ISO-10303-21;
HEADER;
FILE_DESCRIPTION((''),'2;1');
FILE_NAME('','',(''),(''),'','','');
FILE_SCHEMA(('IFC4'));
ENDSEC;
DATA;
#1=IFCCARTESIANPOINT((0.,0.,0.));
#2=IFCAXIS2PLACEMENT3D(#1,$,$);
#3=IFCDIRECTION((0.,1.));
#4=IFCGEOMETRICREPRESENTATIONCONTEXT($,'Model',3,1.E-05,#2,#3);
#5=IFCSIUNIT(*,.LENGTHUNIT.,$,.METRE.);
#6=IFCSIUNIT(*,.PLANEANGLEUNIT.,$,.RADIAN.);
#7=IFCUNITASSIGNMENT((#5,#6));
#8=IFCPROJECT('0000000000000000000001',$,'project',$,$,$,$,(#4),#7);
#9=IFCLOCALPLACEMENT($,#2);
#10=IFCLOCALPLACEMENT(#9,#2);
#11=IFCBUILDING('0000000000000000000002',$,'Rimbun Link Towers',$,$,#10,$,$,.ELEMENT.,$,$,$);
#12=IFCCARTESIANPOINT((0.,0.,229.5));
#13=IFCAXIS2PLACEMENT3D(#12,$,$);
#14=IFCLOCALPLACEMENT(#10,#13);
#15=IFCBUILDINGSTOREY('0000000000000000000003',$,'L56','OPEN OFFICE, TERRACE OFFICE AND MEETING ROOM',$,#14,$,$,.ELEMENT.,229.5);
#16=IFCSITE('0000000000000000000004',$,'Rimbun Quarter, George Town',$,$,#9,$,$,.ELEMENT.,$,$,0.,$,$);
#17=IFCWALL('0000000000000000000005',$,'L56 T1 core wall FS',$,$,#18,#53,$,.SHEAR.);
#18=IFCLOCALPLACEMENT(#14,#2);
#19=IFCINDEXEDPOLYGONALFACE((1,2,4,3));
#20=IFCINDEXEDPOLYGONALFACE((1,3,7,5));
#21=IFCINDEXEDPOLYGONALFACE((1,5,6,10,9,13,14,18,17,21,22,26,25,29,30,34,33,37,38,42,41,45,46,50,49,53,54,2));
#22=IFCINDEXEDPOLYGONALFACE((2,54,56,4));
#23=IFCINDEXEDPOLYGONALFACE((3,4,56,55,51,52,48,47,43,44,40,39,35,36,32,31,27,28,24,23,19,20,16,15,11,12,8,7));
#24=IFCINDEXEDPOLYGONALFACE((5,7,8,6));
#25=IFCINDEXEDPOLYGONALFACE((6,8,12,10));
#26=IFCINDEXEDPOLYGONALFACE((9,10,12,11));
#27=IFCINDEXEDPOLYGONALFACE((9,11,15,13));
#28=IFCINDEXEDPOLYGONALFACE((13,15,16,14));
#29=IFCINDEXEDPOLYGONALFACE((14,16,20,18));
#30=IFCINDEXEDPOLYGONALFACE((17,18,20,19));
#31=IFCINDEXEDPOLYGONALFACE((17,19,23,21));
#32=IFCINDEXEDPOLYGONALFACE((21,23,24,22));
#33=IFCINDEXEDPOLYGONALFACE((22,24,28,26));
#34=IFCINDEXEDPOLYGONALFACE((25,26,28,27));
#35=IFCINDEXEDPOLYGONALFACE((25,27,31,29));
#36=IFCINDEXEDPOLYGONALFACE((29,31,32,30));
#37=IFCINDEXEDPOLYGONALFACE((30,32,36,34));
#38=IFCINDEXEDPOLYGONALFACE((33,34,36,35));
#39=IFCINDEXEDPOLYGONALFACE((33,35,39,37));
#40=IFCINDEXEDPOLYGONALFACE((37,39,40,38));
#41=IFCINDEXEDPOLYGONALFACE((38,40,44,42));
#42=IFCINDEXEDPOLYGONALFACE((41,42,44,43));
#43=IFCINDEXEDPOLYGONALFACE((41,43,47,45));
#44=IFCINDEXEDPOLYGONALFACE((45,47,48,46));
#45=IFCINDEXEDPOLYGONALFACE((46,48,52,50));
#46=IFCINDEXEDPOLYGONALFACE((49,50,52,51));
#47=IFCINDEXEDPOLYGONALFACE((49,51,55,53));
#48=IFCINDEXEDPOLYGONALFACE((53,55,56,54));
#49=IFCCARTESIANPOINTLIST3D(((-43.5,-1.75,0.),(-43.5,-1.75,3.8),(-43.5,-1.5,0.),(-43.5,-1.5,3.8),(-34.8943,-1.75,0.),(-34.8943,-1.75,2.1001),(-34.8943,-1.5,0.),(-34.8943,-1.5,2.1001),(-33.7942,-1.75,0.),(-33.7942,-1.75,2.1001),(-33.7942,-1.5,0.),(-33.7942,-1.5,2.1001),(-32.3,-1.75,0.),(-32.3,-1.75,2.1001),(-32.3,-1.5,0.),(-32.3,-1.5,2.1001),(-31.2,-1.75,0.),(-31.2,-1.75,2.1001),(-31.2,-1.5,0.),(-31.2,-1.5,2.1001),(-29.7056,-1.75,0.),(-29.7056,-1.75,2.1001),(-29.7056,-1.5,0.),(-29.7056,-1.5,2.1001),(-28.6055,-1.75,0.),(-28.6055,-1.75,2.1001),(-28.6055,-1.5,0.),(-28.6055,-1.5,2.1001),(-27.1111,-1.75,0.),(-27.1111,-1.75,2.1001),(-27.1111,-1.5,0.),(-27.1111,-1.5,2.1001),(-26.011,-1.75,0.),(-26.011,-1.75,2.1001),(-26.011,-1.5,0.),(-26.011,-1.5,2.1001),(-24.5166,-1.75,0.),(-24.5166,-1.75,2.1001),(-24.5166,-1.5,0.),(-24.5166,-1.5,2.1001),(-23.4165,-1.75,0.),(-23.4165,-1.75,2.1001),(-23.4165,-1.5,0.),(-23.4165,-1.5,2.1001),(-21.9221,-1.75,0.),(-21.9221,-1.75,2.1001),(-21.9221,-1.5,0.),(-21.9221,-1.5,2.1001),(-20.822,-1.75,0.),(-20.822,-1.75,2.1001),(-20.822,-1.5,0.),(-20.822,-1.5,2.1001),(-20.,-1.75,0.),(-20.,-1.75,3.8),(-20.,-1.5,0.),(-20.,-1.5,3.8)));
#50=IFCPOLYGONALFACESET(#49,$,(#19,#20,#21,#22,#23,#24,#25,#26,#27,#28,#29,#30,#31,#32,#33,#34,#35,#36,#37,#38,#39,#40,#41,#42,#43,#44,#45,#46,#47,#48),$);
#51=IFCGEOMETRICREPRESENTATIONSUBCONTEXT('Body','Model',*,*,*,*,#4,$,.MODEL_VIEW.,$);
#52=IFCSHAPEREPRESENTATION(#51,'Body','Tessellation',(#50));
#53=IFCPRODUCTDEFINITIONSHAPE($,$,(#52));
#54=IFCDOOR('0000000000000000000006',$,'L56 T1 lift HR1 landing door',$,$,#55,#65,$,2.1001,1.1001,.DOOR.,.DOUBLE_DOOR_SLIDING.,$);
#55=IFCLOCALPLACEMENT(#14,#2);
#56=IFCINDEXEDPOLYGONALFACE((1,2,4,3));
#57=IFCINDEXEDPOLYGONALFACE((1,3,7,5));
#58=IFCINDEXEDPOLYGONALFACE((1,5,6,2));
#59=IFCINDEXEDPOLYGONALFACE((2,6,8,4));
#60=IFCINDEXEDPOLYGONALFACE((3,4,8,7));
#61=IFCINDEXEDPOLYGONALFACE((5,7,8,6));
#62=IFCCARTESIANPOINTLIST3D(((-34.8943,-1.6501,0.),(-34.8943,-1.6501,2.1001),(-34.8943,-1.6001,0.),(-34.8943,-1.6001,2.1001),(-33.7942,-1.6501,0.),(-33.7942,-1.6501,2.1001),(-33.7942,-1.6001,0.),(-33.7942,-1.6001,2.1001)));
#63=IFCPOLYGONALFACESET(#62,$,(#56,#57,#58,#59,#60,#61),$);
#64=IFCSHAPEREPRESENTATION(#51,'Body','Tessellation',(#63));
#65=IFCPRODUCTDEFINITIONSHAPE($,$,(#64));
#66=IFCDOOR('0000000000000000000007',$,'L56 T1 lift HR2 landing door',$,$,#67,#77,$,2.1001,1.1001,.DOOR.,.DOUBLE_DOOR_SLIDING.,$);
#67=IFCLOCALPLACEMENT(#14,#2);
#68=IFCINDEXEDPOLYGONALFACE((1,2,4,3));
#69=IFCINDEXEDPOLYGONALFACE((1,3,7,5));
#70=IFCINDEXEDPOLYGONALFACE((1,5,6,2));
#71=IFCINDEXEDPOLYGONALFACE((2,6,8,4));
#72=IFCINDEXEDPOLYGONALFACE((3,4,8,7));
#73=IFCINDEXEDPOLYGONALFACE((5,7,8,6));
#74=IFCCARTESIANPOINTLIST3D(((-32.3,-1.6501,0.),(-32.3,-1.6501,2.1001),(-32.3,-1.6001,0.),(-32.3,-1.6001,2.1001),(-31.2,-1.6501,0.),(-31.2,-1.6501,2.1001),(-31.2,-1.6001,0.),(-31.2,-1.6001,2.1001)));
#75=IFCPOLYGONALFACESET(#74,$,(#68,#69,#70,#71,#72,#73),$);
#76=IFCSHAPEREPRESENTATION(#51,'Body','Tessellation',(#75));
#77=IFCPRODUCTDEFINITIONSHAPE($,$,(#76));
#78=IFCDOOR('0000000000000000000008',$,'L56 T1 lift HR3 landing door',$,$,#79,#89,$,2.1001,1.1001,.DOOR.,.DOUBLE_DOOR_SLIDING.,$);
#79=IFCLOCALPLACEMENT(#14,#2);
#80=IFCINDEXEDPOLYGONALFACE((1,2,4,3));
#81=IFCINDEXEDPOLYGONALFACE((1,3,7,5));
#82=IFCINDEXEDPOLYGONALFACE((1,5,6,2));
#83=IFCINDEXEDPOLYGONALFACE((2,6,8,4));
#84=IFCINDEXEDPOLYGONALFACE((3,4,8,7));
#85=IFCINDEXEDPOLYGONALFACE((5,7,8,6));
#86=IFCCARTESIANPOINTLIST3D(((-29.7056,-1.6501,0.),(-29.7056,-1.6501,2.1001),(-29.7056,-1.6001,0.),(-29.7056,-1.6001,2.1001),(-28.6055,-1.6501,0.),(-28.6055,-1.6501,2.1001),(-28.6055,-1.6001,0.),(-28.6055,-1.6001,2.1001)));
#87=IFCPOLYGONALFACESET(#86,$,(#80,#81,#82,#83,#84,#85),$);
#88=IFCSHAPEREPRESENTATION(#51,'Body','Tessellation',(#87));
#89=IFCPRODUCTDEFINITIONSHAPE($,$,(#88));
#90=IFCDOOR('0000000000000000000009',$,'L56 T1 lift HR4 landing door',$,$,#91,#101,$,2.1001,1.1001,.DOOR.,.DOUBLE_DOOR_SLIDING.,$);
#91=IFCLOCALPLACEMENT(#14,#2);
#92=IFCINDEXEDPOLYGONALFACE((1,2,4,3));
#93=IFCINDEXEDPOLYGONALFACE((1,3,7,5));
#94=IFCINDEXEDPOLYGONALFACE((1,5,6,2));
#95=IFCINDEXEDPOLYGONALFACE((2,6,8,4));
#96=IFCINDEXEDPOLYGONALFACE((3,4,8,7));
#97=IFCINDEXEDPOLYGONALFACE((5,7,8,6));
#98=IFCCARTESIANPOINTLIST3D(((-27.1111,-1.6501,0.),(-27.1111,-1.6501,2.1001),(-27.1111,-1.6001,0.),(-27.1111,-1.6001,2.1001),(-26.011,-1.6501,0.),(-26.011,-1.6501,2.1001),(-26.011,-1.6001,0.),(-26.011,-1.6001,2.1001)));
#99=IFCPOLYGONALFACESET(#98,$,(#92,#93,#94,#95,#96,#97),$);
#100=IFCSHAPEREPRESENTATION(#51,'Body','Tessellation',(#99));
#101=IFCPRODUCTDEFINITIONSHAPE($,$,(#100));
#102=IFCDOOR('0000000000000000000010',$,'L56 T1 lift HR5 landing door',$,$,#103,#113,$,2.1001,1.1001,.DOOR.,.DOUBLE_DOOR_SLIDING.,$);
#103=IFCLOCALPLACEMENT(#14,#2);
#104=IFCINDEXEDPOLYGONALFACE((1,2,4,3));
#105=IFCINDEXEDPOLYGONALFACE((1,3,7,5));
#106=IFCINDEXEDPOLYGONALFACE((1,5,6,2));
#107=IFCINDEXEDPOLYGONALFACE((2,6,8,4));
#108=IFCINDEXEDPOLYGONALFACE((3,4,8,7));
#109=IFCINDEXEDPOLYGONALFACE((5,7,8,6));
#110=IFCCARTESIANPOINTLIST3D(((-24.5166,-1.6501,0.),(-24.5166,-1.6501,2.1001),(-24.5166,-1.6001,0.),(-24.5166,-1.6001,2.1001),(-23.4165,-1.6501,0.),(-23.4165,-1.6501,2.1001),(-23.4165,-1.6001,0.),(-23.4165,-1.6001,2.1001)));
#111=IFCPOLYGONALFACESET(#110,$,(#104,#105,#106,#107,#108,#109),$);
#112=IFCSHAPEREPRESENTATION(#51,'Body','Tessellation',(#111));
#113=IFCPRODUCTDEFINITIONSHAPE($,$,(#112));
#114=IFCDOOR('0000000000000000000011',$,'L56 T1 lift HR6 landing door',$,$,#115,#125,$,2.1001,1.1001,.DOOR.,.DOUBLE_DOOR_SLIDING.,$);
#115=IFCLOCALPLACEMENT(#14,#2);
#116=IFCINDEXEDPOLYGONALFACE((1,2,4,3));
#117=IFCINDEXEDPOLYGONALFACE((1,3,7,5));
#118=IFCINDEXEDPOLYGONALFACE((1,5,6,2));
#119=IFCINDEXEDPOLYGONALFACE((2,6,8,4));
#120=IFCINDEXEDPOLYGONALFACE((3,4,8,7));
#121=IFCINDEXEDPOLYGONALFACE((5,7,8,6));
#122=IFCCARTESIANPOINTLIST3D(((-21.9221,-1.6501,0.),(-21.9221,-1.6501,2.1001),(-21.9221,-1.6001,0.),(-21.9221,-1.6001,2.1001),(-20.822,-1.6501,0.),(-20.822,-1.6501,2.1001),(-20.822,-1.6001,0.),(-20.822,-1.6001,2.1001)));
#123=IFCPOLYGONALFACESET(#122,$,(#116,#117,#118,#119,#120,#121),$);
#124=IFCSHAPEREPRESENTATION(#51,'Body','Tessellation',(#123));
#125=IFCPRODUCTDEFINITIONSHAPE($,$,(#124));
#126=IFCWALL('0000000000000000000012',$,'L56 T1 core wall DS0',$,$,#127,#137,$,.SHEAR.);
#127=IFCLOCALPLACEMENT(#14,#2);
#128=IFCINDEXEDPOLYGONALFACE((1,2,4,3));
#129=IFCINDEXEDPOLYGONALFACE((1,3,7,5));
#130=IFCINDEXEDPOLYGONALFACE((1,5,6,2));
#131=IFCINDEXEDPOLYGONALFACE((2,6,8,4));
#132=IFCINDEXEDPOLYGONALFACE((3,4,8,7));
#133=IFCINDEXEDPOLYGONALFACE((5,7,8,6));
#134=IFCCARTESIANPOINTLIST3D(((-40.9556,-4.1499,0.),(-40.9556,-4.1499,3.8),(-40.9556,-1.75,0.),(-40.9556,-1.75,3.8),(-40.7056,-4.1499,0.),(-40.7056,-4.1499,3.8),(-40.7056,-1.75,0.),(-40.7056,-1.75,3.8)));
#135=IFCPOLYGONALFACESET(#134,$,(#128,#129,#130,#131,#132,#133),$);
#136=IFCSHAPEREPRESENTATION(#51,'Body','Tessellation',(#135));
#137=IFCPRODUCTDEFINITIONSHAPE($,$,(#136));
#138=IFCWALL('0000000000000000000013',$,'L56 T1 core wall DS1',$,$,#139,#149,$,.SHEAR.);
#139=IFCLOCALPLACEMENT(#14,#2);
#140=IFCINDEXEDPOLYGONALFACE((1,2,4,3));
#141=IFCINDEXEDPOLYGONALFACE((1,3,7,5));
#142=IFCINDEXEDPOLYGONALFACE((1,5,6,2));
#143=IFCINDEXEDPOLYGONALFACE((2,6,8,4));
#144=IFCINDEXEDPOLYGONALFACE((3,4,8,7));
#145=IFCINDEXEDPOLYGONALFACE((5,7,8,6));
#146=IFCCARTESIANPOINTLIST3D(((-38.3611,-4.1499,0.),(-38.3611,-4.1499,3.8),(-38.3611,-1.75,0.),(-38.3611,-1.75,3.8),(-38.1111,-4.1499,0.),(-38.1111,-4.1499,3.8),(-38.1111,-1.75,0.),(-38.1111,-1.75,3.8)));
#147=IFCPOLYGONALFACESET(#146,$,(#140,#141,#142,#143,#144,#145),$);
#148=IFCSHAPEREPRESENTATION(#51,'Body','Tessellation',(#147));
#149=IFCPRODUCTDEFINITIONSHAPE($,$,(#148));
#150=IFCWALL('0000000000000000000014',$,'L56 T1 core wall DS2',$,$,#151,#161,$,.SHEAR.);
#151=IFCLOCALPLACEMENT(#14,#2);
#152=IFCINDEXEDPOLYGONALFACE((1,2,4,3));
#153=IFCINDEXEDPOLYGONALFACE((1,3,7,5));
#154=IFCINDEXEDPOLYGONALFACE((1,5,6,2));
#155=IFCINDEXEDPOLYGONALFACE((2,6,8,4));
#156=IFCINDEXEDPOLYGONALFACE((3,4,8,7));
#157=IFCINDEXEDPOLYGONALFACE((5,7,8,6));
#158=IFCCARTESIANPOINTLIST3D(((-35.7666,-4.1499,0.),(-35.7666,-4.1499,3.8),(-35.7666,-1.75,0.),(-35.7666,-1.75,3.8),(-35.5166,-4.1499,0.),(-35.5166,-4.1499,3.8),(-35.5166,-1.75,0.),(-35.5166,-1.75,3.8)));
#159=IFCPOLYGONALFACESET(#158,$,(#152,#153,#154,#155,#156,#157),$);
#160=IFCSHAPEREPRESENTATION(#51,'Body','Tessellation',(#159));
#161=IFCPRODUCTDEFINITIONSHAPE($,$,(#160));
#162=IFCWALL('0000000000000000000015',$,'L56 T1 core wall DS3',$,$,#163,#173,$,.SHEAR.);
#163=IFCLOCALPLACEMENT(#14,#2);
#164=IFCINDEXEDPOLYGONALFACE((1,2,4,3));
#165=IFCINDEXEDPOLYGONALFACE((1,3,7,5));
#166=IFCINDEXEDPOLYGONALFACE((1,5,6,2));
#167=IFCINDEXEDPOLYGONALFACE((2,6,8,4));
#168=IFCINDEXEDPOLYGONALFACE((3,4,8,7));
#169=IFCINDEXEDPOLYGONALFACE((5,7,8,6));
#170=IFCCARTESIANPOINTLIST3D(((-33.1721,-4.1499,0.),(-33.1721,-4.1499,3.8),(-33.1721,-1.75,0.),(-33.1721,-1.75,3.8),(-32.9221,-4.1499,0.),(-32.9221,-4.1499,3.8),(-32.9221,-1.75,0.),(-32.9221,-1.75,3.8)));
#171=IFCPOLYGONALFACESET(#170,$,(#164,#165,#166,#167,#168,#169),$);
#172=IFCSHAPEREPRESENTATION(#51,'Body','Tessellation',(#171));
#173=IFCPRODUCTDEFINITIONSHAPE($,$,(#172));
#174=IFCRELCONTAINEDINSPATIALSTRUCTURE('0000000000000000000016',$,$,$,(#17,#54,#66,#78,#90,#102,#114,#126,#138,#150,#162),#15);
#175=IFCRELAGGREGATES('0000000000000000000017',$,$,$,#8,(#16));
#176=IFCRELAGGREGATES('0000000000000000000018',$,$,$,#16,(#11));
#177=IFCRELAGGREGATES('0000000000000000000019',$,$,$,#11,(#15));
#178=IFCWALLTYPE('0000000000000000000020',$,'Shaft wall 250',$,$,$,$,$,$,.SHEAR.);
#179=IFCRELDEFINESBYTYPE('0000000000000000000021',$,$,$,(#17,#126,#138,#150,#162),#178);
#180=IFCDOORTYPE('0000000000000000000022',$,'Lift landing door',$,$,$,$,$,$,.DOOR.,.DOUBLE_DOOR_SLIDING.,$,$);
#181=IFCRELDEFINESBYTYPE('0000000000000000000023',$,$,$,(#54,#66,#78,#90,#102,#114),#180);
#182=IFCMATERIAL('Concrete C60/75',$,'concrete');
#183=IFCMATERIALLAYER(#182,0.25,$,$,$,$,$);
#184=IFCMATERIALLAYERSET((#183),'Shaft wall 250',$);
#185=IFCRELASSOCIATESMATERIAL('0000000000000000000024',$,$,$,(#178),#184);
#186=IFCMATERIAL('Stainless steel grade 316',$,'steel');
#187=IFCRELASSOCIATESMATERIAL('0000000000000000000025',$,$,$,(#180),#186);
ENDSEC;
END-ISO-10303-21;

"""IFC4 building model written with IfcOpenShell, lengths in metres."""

from ifc_helpers import new_model, si_unit, direction, frame, frame_2d, origin, place, context, subcontext, project, spatial, rectangle, extrude, material, layer, layer_set, type_object, element, fill, save


model = new_model("IFC4")

# Units and contexts
model_context = context("Model", 3, precision=1e-05, world=origin(), true_north=direction((0.0, 1.0)))
body_context = subcontext(model_context, "Body", "Model", "MODEL_VIEW")
ifc_project = project(units=[si_unit("LENGTHUNIT", "METRE"), si_unit("PLANEANGLEUNIT", "RADIAN")], contexts=[model_context])

# Site, building, storey
site_placement = place(None, origin())
site = spatial("IfcSite", under=ifc_project, at=site_placement, Name="Rimbun Quarter, George Town", CompositionType="ELEMENT", RefElevation=0.0)
building_placement = place(site_placement, origin())
building = spatial("IfcBuilding", under=site, at=building_placement, Name="Rimbun Link Towers", CompositionType="ELEMENT")
storey_placement = place(building_placement, frame((0.0, 0.0, 229.5)))
storey = spatial("IfcBuildingStorey", under=building, at=storey_placement, Name="L56", Description="OPEN OFFICE, TERRACE OFFICE AND MEETING ROOM", CompositionType="ELEMENT", Elevation=229.5)

# Shared definitions
ifc_material_1 = material(Name="Concrete C60/75", Category="concrete")
ifc_layer_1 = layer(ifc_material_1, 0.25)
ifc_layer_set_1 = layer_set([ifc_layer_1], Name="Shaft wall 250")
wall_type_1 = type_object("IfcWallType", Name="Shaft wall 250", PredefinedType="SHEAR", material=ifc_layer_set_1)

# Wall, openings, doors
wall_1_placement = place(storey_placement, frame((-43.5, -1.625, 0.0), z_axis=(0.0, 0.0, 1.0), x_axis=(1.0, 0.0, 0.0)))
wall_1 = element("IfcWall", 1, at=wall_1_placement, inside=storey, type_object=wall_type_1, Name="L56 T1 core wall FS", PredefinedType="SHEAR", context=body_context, shape_type="SweptSolid", body=[
    extrude(rectangle(XDim=23.5, YDim=0.25, at=frame_2d((11.75, 0.0))), origin(), (0.0, 0.0, 1.0), 3.8),
])
opening_1_placement = place(wall_1_placement, frame((8.6057, 0.0, 0.0)))
opening_1 = element("IfcOpeningElement", 2, at=opening_1_placement, cuts=wall_1, PredefinedType="OPENING", context=body_context, shape_type="SweptSolid", body=[
    extrude(rectangle(XDim=1.1001, YDim=2.1001, at=frame_2d((0.55, 1.05))), frame((0.0, 0.135, 0.0), z_axis=(0.0, -1.0, 0.0), x_axis=(1.0, 0.0, 0.0)), (0.0, 0.0, 1.0), 0.27),
])
opening_2_placement = place(wall_1_placement, frame((11.2, 0.0, 0.0)))
opening_2 = element("IfcOpeningElement", 3, at=opening_2_placement, cuts=wall_1, PredefinedType="OPENING", context=body_context, shape_type="SweptSolid", body=[
    extrude(rectangle(XDim=1.1001, YDim=2.1001, at=frame_2d((0.55, 1.05))), frame((0.0, 0.135, 0.0), z_axis=(0.0, -1.0, 0.0), x_axis=(1.0, 0.0, 0.0)), (0.0, 0.0, 1.0), 0.27),
])
opening_3_placement = place(wall_1_placement, frame((13.7944, 0.0, 0.0)))
opening_3 = element("IfcOpeningElement", 4, at=opening_3_placement, cuts=wall_1, PredefinedType="OPENING", context=body_context, shape_type="SweptSolid", body=[
    extrude(rectangle(XDim=1.1001, YDim=2.1001, at=frame_2d((0.55, 1.05))), frame((0.0, 0.135, 0.0), z_axis=(0.0, -1.0, 0.0), x_axis=(1.0, 0.0, 0.0)), (0.0, 0.0, 1.0), 0.27),
])
opening_4_placement = place(wall_1_placement, frame((16.3889, 0.0, 0.0)))
opening_4 = element("IfcOpeningElement", 5, at=opening_4_placement, cuts=wall_1, PredefinedType="OPENING", context=body_context, shape_type="SweptSolid", body=[
    extrude(rectangle(XDim=1.1001, YDim=2.1001, at=frame_2d((0.55, 1.05))), frame((0.0, 0.135, 0.0), z_axis=(0.0, -1.0, 0.0), x_axis=(1.0, 0.0, 0.0)), (0.0, 0.0, 1.0), 0.27),
])
opening_5_placement = place(wall_1_placement, frame((18.9834, 0.0, 0.0)))
opening_5 = element("IfcOpeningElement", 6, at=opening_5_placement, cuts=wall_1, PredefinedType="OPENING", context=body_context, shape_type="SweptSolid", body=[
    extrude(rectangle(XDim=1.1001, YDim=2.1001, at=frame_2d((0.55, 1.05))), frame((0.0, 0.135, 0.0), z_axis=(0.0, -1.0, 0.0), x_axis=(1.0, 0.0, 0.0)), (0.0, 0.0, 1.0), 0.27),
])
opening_6_placement = place(wall_1_placement, frame((21.5779, 0.0, 0.0)))
opening_6 = element("IfcOpeningElement", 7, at=opening_6_placement, cuts=wall_1, PredefinedType="OPENING", context=body_context, shape_type="SweptSolid", body=[
    extrude(rectangle(XDim=1.1001, YDim=2.1001, at=frame_2d((0.55, 1.05))), frame((0.0, 0.135, 0.0), z_axis=(0.0, -1.0, 0.0), x_axis=(1.0, 0.0, 0.0)), (0.0, 0.0, 1.0), 0.27),
])
ifc_material_2 = material(Name="Stainless steel grade 316", Category="steel")
door_type_1 = type_object("IfcDoorType", Name="Lift landing door", OperationType="DOUBLE_DOOR_SLIDING", PredefinedType="DOOR", material=ifc_material_2)
door_1_placement = place(opening_1_placement, origin())
door_1 = element("IfcDoor", 8, at=door_1_placement, inside=storey, type_object=door_type_1, Name="L56 T1 lift HR1 landing door", OperationType="DOUBLE_DOOR_SLIDING", OverallHeight=2.1001, OverallWidth=1.1001, PredefinedType="DOOR", context=body_context, shape_type="SweptSolid", body=[
    extrude(rectangle(XDim=1.1001, YDim=2.1001, at=frame_2d((0.55, 1.05))), frame((0.0, 0.0249, 0.0), z_axis=(0.0, -1.0, 0.0), x_axis=(1.0, 0.0, 0.0)), (0.0, 0.0, 1.0), 0.05),
])
fill(opening_1, door_1)
door_2_placement = place(opening_2_placement, origin())
door_2 = element("IfcDoor", 9, at=door_2_placement, inside=storey, type_object=door_type_1, Name="L56 T1 lift HR2 landing door", OperationType="DOUBLE_DOOR_SLIDING", OverallHeight=2.1001, OverallWidth=1.1001, PredefinedType="DOOR", context=body_context, shape_type="SweptSolid", body=[
    extrude(rectangle(XDim=1.1001, YDim=2.1001, at=frame_2d((0.55, 1.05))), frame((0.0, 0.0249, 0.0), z_axis=(0.0, -1.0, 0.0), x_axis=(1.0, 0.0, 0.0)), (0.0, 0.0, 1.0), 0.05),
])
fill(opening_2, door_2)
door_3_placement = place(opening_3_placement, origin())
door_3 = element("IfcDoor", 10, at=door_3_placement, inside=storey, type_object=door_type_1, Name="L56 T1 lift HR3 landing door", OperationType="DOUBLE_DOOR_SLIDING", OverallHeight=2.1001, OverallWidth=1.1001, PredefinedType="DOOR", context=body_context, shape_type="SweptSolid", body=[
    extrude(rectangle(XDim=1.1001, YDim=2.1001, at=frame_2d((0.55, 1.05))), frame((0.0, 0.0249, 0.0), z_axis=(0.0, -1.0, 0.0), x_axis=(1.0, 0.0, 0.0)), (0.0, 0.0, 1.0), 0.05),
])
fill(opening_3, door_3)
door_4_placement = place(opening_4_placement, origin())
door_4 = element("IfcDoor", 11, at=door_4_placement, inside=storey, type_object=door_type_1, Name="L56 T1 lift HR4 landing door", OperationType="DOUBLE_DOOR_SLIDING", OverallHeight=2.1001, OverallWidth=1.1001, PredefinedType="DOOR", context=body_context, shape_type="SweptSolid", body=[
    extrude(rectangle(XDim=1.1001, YDim=2.1001, at=frame_2d((0.55, 1.05))), frame((0.0, 0.0249, 0.0), z_axis=(0.0, -1.0, 0.0), x_axis=(1.0, 0.0, 0.0)), (0.0, 0.0, 1.0), 0.05),
])
fill(opening_4, door_4)
door_5_placement = place(opening_5_placement, origin())
door_5 = element("IfcDoor", 12, at=door_5_placement, inside=storey, type_object=door_type_1, Name="L56 T1 lift HR5 landing door", OperationType="DOUBLE_DOOR_SLIDING", OverallHeight=2.1001, OverallWidth=1.1001, PredefinedType="DOOR", context=body_context, shape_type="SweptSolid", body=[
    extrude(rectangle(XDim=1.1001, YDim=2.1001, at=frame_2d((0.55, 1.05))), frame((0.0, 0.0249, 0.0), z_axis=(0.0, -1.0, 0.0), x_axis=(1.0, 0.0, 0.0)), (0.0, 0.0, 1.0), 0.05),
])
fill(opening_5, door_5)
door_6_placement = place(opening_6_placement, origin())
door_6 = element("IfcDoor", 13, at=door_6_placement, inside=storey, type_object=door_type_1, Name="L56 T1 lift HR6 landing door", OperationType="DOUBLE_DOOR_SLIDING", OverallHeight=2.1001, OverallWidth=1.1001, PredefinedType="DOOR", context=body_context, shape_type="SweptSolid", body=[
    extrude(rectangle(XDim=1.1001, YDim=2.1001, at=frame_2d((0.55, 1.05))), frame((0.0, 0.0249, 0.0), z_axis=(0.0, -1.0, 0.0), x_axis=(1.0, 0.0, 0.0)), (0.0, 0.0, 1.0), 0.05),
])
fill(opening_6, door_6)

# Walls
for number, where, z_axis, x_axis, name in (
    (14, (-40.8306, -4.1499, 0.0), (0.0, 0.0, 1.0), (0.0, 1.0, 0.0), "L56 T1 core wall DS0"),
    (15, (-38.2361, -4.1499, 0.0), (0.0, 0.0, 1.0), (0.0, 1.0, 0.0), "L56 T1 core wall DS1"),
    (16, (-35.6416, -4.1499, 0.0), (0.0, 0.0, 1.0), (0.0, 1.0, 0.0), "L56 T1 core wall DS2"),
    (17, (-33.0471, -4.1499, 0.0), (0.0, 0.0, 1.0), (0.0, 1.0, 0.0), "L56 T1 core wall DS3"),
):
    element("IfcWall", number, at=place(storey_placement, frame(where, z_axis=z_axis, x_axis=x_axis)), inside=storey, type_object=wall_type_1, Name=name, PredefinedType="SHEAR", context=body_context, shape_type="SweptSolid", body=[
        extrude(rectangle(XDim=2.3999, YDim=0.25, at=frame_2d((1.2, 0.0))), origin(), (0.0, 0.0, 1.0), 3.8),
    ])

save(model, "model.ifc")
